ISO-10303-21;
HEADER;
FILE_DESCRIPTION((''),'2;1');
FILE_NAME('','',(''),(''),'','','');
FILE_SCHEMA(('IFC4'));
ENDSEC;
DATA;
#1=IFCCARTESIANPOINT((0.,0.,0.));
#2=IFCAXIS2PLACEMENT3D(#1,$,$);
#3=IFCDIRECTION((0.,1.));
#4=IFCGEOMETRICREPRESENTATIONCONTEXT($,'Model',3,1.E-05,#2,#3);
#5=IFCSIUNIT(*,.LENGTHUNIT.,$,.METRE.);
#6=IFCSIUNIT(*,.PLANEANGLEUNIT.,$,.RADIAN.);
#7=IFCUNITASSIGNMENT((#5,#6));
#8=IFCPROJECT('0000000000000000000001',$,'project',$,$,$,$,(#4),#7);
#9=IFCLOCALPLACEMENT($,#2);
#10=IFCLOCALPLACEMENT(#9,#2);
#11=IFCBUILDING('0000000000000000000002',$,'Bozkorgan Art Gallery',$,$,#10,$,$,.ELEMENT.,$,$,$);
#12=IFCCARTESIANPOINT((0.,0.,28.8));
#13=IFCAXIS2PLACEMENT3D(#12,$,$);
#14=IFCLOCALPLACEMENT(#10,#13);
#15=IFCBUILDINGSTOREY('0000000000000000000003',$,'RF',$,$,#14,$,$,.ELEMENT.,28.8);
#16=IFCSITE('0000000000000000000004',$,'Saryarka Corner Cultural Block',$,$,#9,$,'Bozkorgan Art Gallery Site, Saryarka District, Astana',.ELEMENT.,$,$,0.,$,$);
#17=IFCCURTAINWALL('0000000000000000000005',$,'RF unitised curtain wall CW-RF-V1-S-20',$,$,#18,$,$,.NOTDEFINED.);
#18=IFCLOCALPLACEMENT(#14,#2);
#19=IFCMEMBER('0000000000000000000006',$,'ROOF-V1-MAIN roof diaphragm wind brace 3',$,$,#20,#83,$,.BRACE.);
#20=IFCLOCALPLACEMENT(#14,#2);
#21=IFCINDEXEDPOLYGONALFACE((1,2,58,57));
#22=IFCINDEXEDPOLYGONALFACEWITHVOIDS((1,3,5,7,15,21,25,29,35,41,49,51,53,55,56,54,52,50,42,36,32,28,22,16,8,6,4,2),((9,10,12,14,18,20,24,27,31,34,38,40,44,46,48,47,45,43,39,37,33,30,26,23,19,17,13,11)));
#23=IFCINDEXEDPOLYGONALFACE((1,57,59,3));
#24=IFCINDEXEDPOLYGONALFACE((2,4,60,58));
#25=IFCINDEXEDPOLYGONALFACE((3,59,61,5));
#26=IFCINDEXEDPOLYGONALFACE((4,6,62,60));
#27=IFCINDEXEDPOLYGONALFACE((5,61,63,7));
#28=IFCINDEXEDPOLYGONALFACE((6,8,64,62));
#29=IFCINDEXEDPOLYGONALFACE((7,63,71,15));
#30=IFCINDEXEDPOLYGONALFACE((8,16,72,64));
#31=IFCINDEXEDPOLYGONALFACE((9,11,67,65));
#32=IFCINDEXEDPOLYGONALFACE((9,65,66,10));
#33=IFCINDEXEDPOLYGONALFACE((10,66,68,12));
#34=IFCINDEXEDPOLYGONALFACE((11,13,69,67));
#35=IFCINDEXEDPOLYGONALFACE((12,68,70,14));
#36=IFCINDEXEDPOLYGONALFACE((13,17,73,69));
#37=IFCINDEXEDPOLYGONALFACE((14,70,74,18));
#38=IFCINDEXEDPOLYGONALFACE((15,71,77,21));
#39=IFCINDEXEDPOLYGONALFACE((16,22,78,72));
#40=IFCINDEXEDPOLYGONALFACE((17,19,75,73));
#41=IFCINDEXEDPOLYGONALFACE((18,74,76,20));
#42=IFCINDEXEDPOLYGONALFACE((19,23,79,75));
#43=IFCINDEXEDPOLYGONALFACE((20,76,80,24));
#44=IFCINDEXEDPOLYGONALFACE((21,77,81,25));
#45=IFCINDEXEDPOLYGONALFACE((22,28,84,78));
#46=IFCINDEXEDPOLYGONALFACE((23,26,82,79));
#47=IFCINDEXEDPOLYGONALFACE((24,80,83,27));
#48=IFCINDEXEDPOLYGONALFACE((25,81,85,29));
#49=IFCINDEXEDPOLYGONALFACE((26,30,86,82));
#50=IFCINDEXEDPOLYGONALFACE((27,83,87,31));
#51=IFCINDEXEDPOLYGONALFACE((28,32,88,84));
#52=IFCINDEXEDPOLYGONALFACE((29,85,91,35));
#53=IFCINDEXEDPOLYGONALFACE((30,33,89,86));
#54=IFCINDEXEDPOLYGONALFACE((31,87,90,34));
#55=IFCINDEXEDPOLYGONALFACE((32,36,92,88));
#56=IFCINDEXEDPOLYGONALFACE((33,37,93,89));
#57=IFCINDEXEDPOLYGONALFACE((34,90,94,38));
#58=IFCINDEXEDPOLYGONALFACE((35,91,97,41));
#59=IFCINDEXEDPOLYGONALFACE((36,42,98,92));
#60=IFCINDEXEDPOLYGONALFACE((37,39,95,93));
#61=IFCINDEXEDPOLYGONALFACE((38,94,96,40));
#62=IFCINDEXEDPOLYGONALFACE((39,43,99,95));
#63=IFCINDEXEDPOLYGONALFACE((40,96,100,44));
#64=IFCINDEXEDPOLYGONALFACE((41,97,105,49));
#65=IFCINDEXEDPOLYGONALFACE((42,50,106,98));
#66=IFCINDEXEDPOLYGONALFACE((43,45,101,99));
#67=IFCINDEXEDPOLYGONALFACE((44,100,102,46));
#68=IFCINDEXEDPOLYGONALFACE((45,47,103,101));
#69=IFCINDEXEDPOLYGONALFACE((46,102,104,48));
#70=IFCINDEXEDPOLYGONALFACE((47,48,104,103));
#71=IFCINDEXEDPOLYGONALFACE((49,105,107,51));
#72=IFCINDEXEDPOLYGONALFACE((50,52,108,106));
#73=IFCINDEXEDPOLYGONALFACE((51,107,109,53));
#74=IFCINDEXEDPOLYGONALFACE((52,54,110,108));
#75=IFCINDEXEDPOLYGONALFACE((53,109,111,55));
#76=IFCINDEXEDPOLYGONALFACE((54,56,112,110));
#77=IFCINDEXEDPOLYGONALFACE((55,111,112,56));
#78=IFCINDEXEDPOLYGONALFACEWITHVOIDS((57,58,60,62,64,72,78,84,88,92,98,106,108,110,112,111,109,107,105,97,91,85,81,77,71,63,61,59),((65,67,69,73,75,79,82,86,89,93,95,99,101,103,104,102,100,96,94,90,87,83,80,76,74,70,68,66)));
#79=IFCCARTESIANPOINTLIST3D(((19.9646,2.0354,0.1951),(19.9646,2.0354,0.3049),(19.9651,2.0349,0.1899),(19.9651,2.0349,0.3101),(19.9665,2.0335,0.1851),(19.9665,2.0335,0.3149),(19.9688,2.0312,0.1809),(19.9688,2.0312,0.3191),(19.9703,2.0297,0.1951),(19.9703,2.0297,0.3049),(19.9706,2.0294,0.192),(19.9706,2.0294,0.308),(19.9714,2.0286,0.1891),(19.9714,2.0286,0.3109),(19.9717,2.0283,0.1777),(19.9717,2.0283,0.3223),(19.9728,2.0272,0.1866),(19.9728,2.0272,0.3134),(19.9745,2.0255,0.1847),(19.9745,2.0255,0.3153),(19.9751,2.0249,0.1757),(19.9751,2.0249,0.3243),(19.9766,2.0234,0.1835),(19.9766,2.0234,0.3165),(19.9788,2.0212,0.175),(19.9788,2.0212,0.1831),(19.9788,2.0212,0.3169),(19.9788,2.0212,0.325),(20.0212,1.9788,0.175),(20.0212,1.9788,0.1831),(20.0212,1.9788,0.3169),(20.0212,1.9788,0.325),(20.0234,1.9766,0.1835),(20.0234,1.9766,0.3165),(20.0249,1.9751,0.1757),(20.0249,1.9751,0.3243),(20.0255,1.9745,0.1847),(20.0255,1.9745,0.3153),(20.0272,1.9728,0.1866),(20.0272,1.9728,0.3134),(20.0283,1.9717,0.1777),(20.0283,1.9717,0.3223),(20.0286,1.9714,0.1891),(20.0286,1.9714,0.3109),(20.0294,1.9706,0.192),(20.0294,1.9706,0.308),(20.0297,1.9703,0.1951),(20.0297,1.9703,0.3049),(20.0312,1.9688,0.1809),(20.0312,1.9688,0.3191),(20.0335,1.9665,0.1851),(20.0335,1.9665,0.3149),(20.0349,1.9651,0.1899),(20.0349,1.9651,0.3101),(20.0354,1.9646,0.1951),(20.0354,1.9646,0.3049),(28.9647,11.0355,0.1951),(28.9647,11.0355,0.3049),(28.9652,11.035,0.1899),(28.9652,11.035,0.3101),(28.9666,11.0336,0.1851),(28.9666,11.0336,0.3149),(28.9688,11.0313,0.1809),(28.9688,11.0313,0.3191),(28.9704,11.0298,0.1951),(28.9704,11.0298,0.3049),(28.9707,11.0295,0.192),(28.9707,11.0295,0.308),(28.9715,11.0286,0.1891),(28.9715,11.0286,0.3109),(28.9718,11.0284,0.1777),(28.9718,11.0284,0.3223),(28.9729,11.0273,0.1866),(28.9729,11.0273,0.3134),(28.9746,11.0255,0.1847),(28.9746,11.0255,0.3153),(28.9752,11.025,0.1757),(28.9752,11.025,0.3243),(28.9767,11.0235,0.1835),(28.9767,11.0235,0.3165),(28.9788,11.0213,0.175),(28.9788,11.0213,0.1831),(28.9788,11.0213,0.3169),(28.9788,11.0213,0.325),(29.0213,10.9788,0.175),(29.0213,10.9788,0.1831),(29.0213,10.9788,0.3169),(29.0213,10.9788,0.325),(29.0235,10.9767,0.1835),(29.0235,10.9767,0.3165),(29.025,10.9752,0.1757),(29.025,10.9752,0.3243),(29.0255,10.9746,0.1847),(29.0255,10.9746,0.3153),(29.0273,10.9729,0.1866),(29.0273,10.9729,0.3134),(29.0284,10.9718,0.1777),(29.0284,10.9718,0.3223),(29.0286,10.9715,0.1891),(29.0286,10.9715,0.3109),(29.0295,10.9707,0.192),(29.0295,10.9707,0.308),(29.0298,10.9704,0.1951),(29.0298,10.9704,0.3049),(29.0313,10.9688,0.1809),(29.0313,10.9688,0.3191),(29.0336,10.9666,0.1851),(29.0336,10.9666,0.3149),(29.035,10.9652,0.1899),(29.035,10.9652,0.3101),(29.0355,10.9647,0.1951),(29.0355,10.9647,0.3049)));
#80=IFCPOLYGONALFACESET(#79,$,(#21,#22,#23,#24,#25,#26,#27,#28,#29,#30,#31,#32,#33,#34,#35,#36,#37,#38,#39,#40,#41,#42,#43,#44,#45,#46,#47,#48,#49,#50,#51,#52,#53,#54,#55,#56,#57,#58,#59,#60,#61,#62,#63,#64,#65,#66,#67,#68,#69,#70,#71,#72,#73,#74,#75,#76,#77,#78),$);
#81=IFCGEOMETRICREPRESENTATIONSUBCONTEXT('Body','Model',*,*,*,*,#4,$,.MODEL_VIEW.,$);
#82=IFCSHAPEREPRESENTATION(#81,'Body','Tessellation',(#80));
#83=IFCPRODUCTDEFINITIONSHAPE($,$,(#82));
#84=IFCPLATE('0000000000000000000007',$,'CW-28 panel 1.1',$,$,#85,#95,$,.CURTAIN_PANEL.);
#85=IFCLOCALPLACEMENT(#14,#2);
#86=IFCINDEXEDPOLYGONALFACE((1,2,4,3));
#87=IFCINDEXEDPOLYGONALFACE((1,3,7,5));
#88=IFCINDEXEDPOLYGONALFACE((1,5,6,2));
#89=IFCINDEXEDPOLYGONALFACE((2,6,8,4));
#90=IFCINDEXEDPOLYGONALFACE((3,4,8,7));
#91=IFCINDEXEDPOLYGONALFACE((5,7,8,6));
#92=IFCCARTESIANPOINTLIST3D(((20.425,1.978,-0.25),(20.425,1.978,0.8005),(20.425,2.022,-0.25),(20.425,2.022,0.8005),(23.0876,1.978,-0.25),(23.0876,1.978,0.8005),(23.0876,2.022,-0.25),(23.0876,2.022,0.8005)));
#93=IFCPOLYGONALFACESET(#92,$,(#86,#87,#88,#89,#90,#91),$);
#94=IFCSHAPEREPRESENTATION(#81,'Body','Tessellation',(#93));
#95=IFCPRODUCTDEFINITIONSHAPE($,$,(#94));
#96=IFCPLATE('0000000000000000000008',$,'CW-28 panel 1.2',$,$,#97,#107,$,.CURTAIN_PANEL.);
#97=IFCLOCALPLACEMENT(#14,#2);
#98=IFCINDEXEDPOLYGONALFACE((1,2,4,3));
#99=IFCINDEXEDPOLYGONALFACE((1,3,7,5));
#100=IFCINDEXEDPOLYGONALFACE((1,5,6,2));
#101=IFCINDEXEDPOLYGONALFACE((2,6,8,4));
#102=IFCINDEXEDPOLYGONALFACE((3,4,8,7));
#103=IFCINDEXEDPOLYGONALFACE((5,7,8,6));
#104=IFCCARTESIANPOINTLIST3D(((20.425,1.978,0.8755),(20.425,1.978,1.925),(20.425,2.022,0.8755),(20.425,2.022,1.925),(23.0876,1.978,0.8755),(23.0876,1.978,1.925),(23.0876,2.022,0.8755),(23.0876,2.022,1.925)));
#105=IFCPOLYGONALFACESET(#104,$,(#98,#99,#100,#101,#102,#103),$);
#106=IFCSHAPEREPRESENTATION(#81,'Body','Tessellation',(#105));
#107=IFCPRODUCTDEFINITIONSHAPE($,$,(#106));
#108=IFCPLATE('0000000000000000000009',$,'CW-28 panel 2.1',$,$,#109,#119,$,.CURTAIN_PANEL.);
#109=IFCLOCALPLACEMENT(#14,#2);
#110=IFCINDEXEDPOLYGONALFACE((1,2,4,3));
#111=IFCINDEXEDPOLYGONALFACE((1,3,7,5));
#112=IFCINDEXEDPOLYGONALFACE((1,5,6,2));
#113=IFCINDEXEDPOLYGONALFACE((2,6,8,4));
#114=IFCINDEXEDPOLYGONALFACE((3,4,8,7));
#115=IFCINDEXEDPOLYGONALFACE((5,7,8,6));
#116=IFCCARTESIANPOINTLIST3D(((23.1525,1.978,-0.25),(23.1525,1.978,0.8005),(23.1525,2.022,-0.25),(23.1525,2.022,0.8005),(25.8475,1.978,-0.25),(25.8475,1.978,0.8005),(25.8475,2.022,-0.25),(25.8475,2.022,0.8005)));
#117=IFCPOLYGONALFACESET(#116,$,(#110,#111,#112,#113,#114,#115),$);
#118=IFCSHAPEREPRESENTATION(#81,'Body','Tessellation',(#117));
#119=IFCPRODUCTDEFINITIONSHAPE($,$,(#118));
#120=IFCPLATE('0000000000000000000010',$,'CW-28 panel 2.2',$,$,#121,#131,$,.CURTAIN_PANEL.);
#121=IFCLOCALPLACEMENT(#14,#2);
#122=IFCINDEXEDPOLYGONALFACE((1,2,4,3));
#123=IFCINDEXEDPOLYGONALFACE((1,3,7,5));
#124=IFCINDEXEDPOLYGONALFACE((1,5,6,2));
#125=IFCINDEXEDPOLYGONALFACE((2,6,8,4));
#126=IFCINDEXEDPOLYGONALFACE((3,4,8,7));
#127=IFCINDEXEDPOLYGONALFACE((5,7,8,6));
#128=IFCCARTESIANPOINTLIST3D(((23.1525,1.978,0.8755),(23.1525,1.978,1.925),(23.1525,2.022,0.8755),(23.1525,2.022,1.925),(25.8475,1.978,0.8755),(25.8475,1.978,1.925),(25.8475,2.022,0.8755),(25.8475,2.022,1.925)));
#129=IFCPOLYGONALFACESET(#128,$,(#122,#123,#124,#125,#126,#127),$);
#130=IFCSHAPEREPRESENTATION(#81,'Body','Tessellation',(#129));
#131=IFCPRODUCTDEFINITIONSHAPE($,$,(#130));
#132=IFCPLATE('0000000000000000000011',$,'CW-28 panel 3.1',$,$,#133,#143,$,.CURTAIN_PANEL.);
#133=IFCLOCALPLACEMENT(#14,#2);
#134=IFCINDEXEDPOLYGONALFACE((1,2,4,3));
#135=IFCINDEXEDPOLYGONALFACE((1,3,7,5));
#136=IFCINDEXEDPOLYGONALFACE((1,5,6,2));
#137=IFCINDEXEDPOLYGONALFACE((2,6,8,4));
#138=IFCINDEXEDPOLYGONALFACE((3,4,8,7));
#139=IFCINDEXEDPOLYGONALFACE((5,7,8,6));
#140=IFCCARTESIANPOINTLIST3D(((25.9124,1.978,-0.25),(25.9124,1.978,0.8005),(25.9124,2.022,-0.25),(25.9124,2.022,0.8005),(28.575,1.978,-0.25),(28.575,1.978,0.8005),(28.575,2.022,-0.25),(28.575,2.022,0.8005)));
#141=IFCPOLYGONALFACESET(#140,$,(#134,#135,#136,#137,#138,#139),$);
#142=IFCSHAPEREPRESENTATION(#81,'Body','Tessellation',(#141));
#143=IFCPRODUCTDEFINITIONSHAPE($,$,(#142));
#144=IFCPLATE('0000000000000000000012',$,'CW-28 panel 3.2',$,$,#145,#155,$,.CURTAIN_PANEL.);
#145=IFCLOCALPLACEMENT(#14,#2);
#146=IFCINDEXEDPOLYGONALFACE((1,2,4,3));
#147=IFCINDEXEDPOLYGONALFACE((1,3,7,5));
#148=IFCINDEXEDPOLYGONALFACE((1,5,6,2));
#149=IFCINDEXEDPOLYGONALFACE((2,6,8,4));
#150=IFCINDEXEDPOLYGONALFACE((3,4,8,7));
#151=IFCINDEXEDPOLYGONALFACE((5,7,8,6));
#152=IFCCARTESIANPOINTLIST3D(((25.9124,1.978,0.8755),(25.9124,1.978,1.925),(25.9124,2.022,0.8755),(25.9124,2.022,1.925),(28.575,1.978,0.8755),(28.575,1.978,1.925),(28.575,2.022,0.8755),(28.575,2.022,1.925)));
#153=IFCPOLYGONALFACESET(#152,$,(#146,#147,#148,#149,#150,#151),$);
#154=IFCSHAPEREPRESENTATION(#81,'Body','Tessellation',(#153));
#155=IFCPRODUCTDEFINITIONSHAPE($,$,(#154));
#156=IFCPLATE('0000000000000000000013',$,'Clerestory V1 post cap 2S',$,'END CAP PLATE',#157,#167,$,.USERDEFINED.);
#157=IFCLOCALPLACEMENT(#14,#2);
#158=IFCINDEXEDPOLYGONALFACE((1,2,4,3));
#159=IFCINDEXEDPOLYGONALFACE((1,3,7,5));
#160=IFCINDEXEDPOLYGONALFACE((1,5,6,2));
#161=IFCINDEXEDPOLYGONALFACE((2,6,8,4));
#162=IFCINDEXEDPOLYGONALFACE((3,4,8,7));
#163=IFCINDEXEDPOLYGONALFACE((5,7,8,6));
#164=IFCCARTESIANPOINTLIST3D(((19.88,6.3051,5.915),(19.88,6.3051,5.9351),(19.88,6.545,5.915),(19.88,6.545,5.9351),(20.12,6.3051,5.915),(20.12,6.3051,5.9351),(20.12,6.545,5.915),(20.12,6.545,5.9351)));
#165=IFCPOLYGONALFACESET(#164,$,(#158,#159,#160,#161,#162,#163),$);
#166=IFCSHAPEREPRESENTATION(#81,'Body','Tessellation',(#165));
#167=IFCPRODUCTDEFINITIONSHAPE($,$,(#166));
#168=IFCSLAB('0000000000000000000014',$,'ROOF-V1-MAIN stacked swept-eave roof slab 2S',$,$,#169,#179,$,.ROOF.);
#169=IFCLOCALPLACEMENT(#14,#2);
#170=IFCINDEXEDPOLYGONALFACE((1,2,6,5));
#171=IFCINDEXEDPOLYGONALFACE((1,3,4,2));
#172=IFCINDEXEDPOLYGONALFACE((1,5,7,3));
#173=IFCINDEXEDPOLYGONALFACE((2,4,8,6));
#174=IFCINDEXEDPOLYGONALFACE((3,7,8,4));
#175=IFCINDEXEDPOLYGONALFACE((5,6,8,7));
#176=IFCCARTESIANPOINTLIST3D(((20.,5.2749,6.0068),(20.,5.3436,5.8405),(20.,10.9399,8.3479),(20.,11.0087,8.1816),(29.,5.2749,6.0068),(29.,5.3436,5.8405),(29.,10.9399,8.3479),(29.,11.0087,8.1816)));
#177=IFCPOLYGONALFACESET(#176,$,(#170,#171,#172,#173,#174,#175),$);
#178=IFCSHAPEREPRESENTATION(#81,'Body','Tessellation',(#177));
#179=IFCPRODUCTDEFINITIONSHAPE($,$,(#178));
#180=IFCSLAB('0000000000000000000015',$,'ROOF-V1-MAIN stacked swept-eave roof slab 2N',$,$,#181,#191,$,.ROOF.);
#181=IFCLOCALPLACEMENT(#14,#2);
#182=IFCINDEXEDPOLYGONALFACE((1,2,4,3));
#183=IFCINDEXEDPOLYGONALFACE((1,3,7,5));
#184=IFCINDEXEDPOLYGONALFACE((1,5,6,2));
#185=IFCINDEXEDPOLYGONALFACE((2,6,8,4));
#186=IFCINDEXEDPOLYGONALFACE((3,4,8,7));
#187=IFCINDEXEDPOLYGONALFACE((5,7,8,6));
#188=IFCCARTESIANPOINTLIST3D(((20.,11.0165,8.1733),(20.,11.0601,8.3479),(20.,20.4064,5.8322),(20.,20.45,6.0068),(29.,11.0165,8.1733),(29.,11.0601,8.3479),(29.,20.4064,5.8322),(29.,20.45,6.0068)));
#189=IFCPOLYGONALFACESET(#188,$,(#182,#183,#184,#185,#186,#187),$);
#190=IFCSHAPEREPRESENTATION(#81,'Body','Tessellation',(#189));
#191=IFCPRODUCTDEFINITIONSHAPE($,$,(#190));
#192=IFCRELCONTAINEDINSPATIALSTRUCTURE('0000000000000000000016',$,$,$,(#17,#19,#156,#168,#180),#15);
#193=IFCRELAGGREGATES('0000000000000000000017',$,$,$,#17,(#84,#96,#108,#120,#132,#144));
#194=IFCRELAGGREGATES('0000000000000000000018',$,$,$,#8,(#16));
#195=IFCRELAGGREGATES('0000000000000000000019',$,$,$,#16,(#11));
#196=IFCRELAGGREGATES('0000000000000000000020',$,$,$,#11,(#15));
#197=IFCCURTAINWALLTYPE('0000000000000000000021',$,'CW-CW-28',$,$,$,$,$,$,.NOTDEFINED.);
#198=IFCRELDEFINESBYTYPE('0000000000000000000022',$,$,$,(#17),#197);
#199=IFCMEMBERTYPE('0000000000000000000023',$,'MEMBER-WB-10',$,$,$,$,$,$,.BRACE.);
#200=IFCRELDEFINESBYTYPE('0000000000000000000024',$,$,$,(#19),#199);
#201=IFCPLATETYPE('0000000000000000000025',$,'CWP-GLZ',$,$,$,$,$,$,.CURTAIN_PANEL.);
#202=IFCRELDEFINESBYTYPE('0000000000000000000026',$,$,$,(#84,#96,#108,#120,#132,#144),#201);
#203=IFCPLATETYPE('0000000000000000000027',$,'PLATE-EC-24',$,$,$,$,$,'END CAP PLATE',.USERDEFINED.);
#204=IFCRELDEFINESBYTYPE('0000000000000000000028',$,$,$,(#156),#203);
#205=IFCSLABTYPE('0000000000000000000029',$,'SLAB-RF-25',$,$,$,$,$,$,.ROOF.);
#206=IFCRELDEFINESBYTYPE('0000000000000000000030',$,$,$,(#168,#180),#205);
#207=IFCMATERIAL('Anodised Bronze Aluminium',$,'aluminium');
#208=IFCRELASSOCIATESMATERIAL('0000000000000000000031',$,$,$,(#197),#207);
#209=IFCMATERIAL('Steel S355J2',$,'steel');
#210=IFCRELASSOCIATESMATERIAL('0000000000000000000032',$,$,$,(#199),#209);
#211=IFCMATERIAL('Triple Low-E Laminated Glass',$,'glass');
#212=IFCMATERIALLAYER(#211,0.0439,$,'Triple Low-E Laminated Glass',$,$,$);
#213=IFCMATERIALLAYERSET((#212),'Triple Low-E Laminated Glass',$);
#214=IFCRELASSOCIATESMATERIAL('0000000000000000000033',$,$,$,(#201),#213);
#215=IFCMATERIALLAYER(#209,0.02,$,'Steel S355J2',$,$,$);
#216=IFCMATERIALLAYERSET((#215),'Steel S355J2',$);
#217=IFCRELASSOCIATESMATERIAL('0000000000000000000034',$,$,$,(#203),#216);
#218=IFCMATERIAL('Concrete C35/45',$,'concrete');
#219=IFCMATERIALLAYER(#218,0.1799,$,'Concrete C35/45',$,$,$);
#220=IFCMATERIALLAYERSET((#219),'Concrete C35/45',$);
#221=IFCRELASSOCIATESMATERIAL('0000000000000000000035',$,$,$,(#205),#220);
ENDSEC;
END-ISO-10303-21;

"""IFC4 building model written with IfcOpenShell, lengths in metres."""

from ifc_helpers import new_model, si_unit, direction, frame, origin, origin_2d, place, context, subcontext, project, spatial, polyline, rectangle, hollow_rectangle, outline, extrude, material, layer, layer_set, material_profile, profile_set, type_object, element, aggregate, save


model = new_model("IFC4")

# Units and contexts
model_context = context("Model", 3, precision=1e-05, world=origin(), true_north=direction((0.0, 1.0)))
body_context = subcontext(model_context, "Body", "Model", "MODEL_VIEW")
ifc_project = project(units=[si_unit("LENGTHUNIT", "METRE"), si_unit("PLANEANGLEUNIT", "RADIAN")], contexts=[model_context])

# Site, building, storey
site_placement = place(None, origin())
site = spatial("IfcSite", under=ifc_project, at=site_placement, Name="Saryarka Corner Cultural Block", LongName="Bozkorgan Art Gallery Site, Saryarka District, Astana", CompositionType="ELEMENT", RefElevation=0.0)
building_placement = place(site_placement, origin())
building = spatial("IfcBuilding", under=site, at=building_placement, Name="Bozkorgan Art Gallery", CompositionType="ELEMENT")
storey_placement = place(building_placement, frame((0.0, 0.0, 28.8)))
storey = spatial("IfcBuildingStorey", under=building, at=storey_placement, Name="RF", CompositionType="ELEMENT", Elevation=28.8)

# Shared definitions
ifc_material_1 = material(Name="Steel S355J2", Category="steel")

# Curtain wall
ifc_material_2 = material(Name="Anodised Bronze Aluminium", Category="aluminium")
curtain_wall_type = type_object("IfcCurtainWallType", Name="CW-CW-28", PredefinedType="NOTDEFINED", material=ifc_material_2)
curtain_wall_placement = place(storey_placement, origin())
curtain_wall = element("IfcCurtainWall", 1, at=curtain_wall_placement, inside=storey, type_object=curtain_wall_type, Name="RF unitised curtain wall CW-RF-V1-S-20", PredefinedType="NOTDEFINED")

# Member
ifc_material_profile_1 = material_profile(ifc_material_1, hollow_rectangle(XDim=0.1001, YDim=0.1499, WallThickness=0.0081, InnerFilletRadius=0.012, OuterFilletRadius=0.02, at=origin_2d()), Name="RHS 150x100x8")
ifc_profile_set_1 = profile_set([ifc_material_profile_1], Name="Steel S355J2")
member_type_1 = type_object("IfcMemberType", Name="MEMBER-WB-10", PredefinedType="BRACE", material=ifc_profile_set_1)
member_1_placement = place(storey_placement, frame((20.0, 2.0, 0.25), z_axis=(0.707107, 0.707107, 0.0), x_axis=(-0.707107, 0.707107, 0.0)))
element("IfcMember", 2, at=member_1_placement, inside=storey, type_object=member_type_1, Name="ROOF-V1-MAIN roof diaphragm wind brace 3", PredefinedType="BRACE", context=body_context, shape_type="SweptSolid", body=[
    extrude(hollow_rectangle(XDim=0.1001, YDim=0.1499, WallThickness=0.0081, InnerFilletRadius=0.012, OuterFilletRadius=0.02, at=origin_2d()), origin(), (0.0, 0.0, 1.0), 12.728),
])

# Plates
ifc_material_3 = material(Name="Triple Low-E Laminated Glass", Category="glass")
ifc_layer_1 = layer(ifc_material_3, 0.0439, Name="Triple Low-E Laminated Glass")
ifc_layer_set_1 = layer_set([ifc_layer_1], Name="Triple Low-E Laminated Glass")
plate_type_1 = type_object("IfcPlateType", Name="CWP-GLZ", PredefinedType="CURTAIN_PANEL", material=ifc_layer_set_1)
plate_1_placement = place(storey_placement, frame((21.7563, 2.0, -0.25), z_axis=(0.0, 0.0, 1.0), x_axis=(1.0, 0.0, 0.0)))
plate_1 = element("IfcPlate", 3, at=plate_1_placement, type_object=plate_type_1, Name="CW-28 panel 1.1", PredefinedType="CURTAIN_PANEL", context=body_context, shape_type="SweptSolid", body=[
    extrude(rectangle(XDim=2.6626, YDim=0.0439, at=origin_2d()), origin(), (0.0, 0.0, 1.0), 1.0505),
])
plate_2_placement = place(storey_placement, frame((21.7563, 2.0, 0.8755), z_axis=(0.0, 0.0, 1.0), x_axis=(1.0, 0.0, 0.0)))
plate_2 = element("IfcPlate", 4, at=plate_2_placement, type_object=plate_type_1, Name="CW-28 panel 1.2", PredefinedType="CURTAIN_PANEL", context=body_context, shape_type="SweptSolid", body=[
    extrude(rectangle(XDim=2.6626, YDim=0.0439, at=origin_2d()), origin(), (0.0, 0.0, 1.0), 1.0496),
])
plate_3_placement = place(storey_placement, frame((24.5, 2.0, -0.25), z_axis=(0.0, 0.0, 1.0), x_axis=(1.0, 0.0, 0.0)))
plate_3 = element("IfcPlate", 5, at=plate_3_placement, type_object=plate_type_1, Name="CW-28 panel 2.1", PredefinedType="CURTAIN_PANEL", context=body_context, shape_type="SweptSolid", body=[
    extrude(rectangle(XDim=2.6951, YDim=0.0439, at=origin_2d()), origin(), (0.0, 0.0, 1.0), 1.0505),
])
plate_4_placement = place(storey_placement, frame((24.5, 2.0, 0.8755), z_axis=(0.0, 0.0, 1.0), x_axis=(1.0, 0.0, 0.0)))
plate_4 = element("IfcPlate", 6, at=plate_4_placement, type_object=plate_type_1, Name="CW-28 panel 2.2", PredefinedType="CURTAIN_PANEL", context=body_context, shape_type="SweptSolid", body=[
    extrude(rectangle(XDim=2.6951, YDim=0.0439, at=origin_2d()), origin(), (0.0, 0.0, 1.0), 1.0496),
])
plate_5_placement = place(storey_placement, frame((27.2437, 2.0, -0.25), z_axis=(0.0, 0.0, 1.0), x_axis=(1.0, 0.0, 0.0)))
plate_5 = element("IfcPlate", 7, at=plate_5_placement, type_object=plate_type_1, Name="CW-28 panel 3.1", PredefinedType="CURTAIN_PANEL", context=body_context, shape_type="SweptSolid", body=[
    extrude(rectangle(XDim=2.6626, YDim=0.0439, at=origin_2d()), origin(), (0.0, 0.0, 1.0), 1.0505),
])
plate_6_placement = place(storey_placement, frame((27.2437, 2.0, 0.8755), z_axis=(0.0, 0.0, 1.0), x_axis=(1.0, 0.0, 0.0)))
plate_6 = element("IfcPlate", 8, at=plate_6_placement, type_object=plate_type_1, Name="CW-28 panel 3.2", PredefinedType="CURTAIN_PANEL", context=body_context, shape_type="SweptSolid", body=[
    extrude(rectangle(XDim=2.6626, YDim=0.0439, at=origin_2d()), origin(), (0.0, 0.0, 1.0), 1.0496),
])
aggregate(curtain_wall, [plate_1, plate_2, plate_3, plate_4, plate_5, plate_6])
ifc_layer_2 = layer(ifc_material_1, 0.02, Name="Steel S355J2")
ifc_layer_set_2 = layer_set([ifc_layer_2], Name="Steel S355J2")
plate_type_2 = type_object("IfcPlateType", Name="PLATE-EC-24", ElementType="END CAP PLATE", PredefinedType="USERDEFINED", material=ifc_layer_set_2)
plate_7_placement = place(storey_placement, frame((20.0, 6.425, 5.915), z_axis=(0.0, 0.0, 1.0), x_axis=(1.0, 0.0, 0.0)))
element("IfcPlate", 9, at=plate_7_placement, inside=storey, type_object=plate_type_2, Name="Clerestory V1 post cap 2S", ObjectType="END CAP PLATE", PredefinedType="USERDEFINED", context=body_context, shape_type="SweptSolid", body=[
    extrude(rectangle(XDim=0.24, YDim=0.24, at=origin_2d()), origin(), (0.0, 0.0, 1.0), 0.02),
])

# Slabs
ifc_material_4 = material(Name="Concrete C35/45", Category="concrete")
ifc_layer_3 = layer(ifc_material_4, 0.1799, Name="Concrete C35/45")
ifc_layer_set_3 = layer_set([ifc_layer_3], Name="Concrete C35/45")
slab_type_1 = type_object("IfcSlabType", Name="SLAB-RF-25", PredefinedType="ROOF", material=ifc_layer_set_3)
slab_1_placement = place(storey_placement, frame((20.0, 5.2749, 6.0068), z_axis=(0.0, -0.381921, 0.924195), x_axis=(1.0, 0.0, 0.0)))
element("IfcSlab", 10, at=slab_1_placement, inside=storey, type_object=slab_type_1, Name="ROOF-V1-MAIN stacked swept-eave roof slab 2S", PredefinedType="ROOF", context=body_context, shape_type="SweptSolid", body=[
    extrude(outline(polyline([(0.0, 0.0), (9.0, 0.0), (9.0, 6.1297), (0.0, 6.1297), (0.0, 0.0)])), origin(), (0.0, 0.0, -1.0), 0.1799),
])
slab_2_placement = place(storey_placement, frame((20.0, 11.0601, 8.3479), z_axis=(0.0, 0.241912, 0.970298), x_axis=(1.0, 0.0, 0.0)))
element("IfcSlab", 11, at=slab_2_placement, inside=storey, type_object=slab_type_1, Name="ROOF-V1-MAIN stacked swept-eave roof slab 2N", PredefinedType="ROOF", context=body_context, shape_type="SweptSolid", body=[
    extrude(outline(polyline([(0.0, 0.0), (9.0, 0.0), (9.0, 9.6773), (0.0, 9.6773), (0.0, 0.0)])), origin(), (0.0, 0.0, -1.0), 0.1799),
])

save(model, "model.ifc")
